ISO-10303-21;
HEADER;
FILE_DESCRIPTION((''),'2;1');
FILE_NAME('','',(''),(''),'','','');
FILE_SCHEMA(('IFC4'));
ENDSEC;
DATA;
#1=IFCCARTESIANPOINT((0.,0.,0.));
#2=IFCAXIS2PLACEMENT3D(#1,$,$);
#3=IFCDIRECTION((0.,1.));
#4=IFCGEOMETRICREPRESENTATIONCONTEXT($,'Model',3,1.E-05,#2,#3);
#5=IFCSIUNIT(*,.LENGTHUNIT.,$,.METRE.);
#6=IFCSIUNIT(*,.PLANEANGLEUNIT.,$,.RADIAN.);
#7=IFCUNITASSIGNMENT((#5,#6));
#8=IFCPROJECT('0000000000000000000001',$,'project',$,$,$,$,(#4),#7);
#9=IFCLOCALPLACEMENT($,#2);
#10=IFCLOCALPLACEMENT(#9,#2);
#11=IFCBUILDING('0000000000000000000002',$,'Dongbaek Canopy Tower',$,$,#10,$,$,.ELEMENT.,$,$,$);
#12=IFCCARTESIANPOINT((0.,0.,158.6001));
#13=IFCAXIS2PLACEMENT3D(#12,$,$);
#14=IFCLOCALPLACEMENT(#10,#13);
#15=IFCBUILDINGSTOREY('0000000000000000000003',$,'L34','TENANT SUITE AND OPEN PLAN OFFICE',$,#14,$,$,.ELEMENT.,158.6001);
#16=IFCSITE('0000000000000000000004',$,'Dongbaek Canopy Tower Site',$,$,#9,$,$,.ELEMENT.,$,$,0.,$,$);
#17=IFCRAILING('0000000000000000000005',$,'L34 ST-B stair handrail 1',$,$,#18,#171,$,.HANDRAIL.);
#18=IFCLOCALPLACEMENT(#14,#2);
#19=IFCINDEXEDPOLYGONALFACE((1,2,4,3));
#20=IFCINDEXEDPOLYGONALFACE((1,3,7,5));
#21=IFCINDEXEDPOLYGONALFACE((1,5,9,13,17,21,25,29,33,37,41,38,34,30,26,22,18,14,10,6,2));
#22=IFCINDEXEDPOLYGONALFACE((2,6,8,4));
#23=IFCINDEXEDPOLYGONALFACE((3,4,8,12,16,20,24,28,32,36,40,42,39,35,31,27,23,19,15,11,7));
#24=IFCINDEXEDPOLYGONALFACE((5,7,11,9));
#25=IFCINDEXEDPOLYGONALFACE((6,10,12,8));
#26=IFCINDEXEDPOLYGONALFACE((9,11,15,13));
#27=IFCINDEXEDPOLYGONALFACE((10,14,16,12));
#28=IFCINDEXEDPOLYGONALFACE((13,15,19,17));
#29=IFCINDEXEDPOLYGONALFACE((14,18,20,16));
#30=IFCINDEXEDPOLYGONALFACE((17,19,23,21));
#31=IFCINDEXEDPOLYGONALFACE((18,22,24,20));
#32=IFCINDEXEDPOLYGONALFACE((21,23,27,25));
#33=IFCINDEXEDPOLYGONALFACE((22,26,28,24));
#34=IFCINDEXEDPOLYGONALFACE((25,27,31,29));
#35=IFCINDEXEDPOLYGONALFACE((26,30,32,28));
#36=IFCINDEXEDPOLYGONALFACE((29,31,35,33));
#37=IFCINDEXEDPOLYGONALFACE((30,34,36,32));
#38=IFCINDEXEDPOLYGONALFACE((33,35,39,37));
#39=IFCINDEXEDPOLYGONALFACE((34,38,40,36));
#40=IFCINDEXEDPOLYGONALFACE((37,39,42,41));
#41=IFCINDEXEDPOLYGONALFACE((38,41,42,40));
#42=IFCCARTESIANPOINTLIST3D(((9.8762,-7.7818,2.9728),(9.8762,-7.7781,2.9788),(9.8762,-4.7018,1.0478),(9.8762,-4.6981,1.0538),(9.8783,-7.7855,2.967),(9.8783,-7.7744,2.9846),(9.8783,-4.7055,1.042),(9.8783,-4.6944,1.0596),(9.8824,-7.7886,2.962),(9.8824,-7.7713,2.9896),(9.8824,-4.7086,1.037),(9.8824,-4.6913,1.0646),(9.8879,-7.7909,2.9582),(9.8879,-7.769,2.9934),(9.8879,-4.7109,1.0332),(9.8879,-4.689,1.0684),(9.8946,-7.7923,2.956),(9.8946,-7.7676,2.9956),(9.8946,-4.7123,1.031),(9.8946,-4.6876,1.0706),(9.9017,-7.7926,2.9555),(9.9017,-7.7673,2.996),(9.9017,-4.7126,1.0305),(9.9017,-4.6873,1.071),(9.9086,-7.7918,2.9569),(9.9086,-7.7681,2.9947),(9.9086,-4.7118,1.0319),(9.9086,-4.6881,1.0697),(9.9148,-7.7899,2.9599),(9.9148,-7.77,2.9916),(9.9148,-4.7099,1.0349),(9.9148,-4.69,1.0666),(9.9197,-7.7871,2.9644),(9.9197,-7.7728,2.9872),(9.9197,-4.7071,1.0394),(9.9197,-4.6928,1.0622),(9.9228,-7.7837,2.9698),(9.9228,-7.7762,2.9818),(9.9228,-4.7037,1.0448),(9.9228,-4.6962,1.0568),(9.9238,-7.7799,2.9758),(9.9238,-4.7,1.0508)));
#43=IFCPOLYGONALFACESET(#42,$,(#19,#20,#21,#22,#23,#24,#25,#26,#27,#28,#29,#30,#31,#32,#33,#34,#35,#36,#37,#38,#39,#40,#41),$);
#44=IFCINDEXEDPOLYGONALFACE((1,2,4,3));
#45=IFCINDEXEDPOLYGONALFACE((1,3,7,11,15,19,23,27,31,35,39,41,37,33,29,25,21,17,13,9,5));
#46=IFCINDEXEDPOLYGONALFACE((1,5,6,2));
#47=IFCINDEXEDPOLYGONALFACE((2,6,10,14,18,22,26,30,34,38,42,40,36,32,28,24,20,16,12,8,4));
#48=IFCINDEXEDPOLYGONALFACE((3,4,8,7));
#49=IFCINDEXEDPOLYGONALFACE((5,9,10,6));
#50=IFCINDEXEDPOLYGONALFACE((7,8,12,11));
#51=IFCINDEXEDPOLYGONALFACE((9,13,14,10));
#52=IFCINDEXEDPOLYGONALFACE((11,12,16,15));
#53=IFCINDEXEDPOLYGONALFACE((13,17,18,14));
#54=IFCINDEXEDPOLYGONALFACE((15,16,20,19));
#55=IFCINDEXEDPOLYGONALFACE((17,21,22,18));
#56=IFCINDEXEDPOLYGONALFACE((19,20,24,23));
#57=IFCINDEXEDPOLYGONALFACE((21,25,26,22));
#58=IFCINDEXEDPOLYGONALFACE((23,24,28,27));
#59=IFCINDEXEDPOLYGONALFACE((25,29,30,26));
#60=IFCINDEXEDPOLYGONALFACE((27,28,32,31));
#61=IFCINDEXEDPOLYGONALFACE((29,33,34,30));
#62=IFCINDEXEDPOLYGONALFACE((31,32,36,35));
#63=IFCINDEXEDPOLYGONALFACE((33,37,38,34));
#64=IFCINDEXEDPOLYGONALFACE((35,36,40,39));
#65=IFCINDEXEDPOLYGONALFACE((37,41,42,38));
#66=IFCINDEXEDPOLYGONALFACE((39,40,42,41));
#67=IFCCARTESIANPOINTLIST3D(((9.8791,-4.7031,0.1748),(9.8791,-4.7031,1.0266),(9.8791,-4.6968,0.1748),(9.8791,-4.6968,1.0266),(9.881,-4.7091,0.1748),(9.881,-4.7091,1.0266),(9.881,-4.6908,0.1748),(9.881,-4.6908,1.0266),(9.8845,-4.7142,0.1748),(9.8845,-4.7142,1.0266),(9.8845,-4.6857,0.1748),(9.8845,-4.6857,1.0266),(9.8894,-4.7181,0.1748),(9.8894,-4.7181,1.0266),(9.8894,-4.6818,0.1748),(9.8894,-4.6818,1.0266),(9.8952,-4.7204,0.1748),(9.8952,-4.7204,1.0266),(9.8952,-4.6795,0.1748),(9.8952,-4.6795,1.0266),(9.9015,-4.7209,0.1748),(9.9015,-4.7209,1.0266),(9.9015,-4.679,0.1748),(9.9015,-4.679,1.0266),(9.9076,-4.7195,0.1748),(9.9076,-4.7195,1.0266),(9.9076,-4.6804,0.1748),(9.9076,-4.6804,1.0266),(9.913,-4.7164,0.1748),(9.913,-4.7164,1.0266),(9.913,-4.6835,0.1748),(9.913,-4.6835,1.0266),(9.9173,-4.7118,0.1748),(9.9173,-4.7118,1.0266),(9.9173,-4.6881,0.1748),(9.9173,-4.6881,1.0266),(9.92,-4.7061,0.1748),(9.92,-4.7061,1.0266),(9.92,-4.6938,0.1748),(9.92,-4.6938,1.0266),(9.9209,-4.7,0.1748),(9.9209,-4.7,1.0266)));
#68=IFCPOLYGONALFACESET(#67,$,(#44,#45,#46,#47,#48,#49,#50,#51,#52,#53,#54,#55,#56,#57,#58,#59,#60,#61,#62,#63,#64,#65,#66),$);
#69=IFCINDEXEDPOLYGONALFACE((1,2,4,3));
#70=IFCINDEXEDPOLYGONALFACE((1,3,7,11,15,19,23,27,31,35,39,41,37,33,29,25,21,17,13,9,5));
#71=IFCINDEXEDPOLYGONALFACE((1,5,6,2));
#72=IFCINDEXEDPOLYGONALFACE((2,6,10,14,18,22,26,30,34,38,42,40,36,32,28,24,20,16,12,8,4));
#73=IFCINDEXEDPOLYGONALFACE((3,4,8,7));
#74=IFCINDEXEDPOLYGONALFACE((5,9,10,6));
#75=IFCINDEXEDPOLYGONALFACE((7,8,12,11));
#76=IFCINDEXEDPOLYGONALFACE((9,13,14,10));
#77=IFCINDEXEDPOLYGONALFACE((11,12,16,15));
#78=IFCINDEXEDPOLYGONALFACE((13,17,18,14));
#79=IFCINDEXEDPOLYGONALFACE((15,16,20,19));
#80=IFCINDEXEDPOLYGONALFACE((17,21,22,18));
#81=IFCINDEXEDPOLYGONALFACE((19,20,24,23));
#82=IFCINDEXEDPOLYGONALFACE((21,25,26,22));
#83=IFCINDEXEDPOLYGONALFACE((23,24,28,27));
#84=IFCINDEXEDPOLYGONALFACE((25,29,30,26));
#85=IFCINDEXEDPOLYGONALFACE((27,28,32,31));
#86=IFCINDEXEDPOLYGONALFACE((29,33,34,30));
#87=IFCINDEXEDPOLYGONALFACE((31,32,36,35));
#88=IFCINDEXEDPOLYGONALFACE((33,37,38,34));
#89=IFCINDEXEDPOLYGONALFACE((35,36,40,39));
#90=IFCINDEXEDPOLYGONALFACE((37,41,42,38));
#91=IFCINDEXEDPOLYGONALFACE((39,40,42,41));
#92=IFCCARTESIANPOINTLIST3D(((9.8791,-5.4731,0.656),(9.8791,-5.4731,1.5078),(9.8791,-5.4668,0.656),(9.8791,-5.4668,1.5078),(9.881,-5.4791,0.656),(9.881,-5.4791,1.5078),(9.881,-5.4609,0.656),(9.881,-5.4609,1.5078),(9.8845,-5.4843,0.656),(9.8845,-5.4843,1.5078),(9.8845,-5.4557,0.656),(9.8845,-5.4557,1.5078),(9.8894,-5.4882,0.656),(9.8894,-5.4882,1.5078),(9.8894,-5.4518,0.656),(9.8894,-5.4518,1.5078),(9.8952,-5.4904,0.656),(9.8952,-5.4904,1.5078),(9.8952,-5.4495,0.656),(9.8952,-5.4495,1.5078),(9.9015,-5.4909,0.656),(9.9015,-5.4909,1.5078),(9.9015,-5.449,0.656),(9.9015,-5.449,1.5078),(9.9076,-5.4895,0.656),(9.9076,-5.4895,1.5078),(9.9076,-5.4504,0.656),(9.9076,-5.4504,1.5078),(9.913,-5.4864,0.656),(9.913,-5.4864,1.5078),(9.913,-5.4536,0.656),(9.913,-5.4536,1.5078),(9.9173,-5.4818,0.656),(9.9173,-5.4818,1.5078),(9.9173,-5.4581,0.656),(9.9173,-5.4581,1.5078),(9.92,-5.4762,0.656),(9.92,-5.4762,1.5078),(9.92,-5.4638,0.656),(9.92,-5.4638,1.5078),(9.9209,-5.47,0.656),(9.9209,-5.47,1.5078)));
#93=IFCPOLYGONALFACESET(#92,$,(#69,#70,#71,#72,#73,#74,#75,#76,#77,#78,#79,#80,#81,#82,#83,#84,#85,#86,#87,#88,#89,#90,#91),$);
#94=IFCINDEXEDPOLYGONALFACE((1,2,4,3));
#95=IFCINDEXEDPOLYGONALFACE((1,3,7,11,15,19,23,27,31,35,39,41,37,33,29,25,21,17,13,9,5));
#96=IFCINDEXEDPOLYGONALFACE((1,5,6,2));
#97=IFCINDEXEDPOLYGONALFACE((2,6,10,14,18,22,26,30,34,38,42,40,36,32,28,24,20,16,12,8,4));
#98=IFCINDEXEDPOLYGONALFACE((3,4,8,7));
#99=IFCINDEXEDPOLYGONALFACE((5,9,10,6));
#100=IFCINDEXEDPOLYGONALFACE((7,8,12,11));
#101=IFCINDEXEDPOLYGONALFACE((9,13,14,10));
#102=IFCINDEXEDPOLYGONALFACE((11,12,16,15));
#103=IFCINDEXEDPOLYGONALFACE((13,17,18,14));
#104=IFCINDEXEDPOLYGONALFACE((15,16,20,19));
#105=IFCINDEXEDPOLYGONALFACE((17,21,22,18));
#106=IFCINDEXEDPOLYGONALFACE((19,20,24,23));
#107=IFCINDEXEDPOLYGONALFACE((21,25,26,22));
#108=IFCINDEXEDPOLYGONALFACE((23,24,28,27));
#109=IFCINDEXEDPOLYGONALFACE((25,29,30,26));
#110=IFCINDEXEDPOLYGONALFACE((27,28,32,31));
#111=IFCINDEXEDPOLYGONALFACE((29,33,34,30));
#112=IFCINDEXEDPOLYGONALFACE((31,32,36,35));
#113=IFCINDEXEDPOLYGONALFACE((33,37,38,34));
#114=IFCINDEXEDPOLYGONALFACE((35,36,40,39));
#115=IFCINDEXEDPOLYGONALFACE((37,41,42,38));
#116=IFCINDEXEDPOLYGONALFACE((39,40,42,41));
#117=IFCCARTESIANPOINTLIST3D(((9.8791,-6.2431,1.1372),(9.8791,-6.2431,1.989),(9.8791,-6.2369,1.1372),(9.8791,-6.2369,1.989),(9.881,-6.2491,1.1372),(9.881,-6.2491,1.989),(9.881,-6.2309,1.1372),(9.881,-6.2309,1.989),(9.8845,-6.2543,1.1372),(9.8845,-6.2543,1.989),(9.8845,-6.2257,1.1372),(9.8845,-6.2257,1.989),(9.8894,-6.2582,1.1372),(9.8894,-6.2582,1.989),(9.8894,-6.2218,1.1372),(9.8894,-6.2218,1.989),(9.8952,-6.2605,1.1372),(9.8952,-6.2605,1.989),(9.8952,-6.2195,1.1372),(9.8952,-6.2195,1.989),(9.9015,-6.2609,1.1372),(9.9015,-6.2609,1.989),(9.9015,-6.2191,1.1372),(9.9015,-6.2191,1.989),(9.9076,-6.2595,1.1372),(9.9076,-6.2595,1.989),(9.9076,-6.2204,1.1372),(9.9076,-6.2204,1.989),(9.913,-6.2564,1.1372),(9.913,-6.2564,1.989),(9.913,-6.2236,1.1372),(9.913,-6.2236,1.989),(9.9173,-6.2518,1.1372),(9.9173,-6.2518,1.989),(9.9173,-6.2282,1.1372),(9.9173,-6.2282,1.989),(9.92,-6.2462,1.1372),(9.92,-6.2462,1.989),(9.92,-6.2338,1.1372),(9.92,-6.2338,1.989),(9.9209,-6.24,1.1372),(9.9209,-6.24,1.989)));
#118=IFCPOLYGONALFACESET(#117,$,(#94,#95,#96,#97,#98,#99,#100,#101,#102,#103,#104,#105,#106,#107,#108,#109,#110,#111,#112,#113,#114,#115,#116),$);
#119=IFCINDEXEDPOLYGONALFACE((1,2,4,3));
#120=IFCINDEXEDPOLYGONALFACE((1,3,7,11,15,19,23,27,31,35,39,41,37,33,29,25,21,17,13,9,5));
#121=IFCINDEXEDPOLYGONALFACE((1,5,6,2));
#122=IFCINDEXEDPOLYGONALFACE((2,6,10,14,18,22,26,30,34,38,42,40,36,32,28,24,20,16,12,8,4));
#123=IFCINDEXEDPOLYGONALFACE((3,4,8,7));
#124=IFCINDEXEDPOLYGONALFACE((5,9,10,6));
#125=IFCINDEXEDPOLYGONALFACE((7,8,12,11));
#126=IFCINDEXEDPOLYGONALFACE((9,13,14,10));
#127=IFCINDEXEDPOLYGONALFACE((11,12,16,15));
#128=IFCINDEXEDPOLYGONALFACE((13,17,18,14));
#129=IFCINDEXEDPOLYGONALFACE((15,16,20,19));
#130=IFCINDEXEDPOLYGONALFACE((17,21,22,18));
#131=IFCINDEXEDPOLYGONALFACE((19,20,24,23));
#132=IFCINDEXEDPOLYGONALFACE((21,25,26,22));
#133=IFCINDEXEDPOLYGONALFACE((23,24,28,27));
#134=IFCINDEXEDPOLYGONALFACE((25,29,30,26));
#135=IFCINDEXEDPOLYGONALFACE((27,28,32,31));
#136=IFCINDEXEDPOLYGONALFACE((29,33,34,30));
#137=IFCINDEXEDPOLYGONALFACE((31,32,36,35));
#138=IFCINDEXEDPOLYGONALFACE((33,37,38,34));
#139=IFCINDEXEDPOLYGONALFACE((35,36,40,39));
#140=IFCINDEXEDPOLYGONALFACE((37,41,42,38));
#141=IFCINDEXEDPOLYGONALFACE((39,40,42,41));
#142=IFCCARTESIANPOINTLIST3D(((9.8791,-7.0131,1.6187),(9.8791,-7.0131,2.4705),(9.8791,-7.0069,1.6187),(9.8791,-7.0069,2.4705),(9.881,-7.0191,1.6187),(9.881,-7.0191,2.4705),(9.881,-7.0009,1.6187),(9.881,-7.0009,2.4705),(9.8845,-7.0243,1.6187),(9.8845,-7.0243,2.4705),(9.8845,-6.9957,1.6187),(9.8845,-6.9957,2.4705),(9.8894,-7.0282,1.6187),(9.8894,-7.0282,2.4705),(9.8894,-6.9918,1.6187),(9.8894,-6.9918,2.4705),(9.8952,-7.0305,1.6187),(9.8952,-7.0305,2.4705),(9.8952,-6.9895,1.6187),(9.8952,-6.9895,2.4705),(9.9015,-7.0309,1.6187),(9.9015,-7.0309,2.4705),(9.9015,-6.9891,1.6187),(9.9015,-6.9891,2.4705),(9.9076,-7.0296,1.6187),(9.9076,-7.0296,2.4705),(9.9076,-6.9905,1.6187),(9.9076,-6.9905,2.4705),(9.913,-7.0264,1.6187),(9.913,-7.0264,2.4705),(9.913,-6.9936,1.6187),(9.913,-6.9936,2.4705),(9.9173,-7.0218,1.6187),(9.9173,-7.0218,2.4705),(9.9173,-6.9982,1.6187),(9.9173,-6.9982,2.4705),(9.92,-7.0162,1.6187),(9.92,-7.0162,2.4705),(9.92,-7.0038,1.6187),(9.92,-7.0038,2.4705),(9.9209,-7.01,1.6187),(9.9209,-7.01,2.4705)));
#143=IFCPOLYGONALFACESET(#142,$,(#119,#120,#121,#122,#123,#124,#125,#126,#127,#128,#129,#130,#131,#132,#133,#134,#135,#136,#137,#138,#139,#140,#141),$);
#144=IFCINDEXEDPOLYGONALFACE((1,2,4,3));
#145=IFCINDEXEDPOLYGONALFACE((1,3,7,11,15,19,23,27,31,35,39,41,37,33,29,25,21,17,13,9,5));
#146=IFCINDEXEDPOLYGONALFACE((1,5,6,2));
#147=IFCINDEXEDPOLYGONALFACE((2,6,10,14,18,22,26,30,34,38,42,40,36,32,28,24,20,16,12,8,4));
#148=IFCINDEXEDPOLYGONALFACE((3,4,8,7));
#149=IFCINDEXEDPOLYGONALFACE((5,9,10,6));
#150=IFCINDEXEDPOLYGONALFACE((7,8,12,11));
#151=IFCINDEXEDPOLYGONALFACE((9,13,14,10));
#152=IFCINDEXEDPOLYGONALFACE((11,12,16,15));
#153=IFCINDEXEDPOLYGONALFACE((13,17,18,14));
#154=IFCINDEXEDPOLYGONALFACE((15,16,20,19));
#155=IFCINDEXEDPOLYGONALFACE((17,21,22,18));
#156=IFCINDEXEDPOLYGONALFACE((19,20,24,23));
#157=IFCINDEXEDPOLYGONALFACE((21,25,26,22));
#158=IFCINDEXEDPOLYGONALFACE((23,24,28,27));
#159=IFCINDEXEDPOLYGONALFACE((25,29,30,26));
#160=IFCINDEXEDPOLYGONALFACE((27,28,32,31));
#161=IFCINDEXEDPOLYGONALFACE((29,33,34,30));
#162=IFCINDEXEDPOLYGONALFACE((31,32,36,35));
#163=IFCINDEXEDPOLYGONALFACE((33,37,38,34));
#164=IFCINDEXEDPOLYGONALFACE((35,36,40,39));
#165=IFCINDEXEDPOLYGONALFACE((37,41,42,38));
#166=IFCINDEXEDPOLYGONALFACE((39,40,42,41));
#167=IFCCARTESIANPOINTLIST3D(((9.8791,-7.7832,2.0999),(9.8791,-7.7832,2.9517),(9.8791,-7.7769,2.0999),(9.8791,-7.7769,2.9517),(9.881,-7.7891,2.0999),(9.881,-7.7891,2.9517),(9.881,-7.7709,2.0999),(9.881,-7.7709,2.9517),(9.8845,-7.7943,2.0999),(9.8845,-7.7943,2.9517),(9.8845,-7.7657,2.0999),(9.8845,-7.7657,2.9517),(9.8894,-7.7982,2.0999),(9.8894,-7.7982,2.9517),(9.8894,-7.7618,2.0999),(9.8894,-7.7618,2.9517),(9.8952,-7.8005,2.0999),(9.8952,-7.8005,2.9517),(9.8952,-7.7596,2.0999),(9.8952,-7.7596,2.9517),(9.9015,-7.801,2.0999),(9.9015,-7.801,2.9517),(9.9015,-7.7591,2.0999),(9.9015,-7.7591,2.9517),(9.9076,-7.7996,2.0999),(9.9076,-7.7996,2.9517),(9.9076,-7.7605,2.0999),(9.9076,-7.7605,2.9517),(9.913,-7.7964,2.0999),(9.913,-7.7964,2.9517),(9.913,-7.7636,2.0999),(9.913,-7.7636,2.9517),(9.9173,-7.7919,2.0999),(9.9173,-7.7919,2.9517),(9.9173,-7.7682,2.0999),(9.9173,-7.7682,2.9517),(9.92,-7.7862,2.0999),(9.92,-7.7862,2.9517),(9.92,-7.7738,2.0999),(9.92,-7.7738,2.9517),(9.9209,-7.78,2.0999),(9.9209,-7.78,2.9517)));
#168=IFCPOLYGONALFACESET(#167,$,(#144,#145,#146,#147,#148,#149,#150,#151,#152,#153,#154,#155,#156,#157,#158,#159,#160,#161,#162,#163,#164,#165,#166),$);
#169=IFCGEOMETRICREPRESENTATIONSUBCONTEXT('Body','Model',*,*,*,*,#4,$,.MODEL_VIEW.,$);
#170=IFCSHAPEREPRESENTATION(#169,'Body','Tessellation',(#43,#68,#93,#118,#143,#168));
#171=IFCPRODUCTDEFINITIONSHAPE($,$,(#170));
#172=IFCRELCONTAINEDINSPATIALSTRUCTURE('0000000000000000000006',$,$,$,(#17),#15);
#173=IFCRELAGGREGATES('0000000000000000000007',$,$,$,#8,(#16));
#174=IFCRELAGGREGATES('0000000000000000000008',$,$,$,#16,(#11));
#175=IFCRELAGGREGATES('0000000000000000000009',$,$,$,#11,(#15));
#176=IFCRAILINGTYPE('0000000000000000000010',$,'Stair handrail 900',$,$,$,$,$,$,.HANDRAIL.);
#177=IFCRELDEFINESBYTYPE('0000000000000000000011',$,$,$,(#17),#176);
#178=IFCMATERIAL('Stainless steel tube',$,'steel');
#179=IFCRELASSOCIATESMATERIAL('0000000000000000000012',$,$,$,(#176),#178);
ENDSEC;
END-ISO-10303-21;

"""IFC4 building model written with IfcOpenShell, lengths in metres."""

from ifc_helpers import new_model, si_unit, direction, frame, origin, origin_2d, place, context, subcontext, project, spatial, circle, extrude, material, type_object, element, save


model = new_model("IFC4")

# Units and contexts
model_context = context("Model", 3, precision=1e-05, world=origin(), true_north=direction((0.0, 1.0)))
body_context = subcontext(model_context, "Body", "Model", "MODEL_VIEW")
ifc_project = project(units=[si_unit("LENGTHUNIT", "METRE"), si_unit("PLANEANGLEUNIT", "RADIAN")], contexts=[model_context])

# Site, building, storey
site_placement = place(None, origin())
site = spatial("IfcSite", under=ifc_project, at=site_placement, Name="Dongbaek Canopy Tower Site", CompositionType="ELEMENT", RefElevation=0.0)
building_placement = place(site_placement, origin())
building = spatial("IfcBuilding", under=site, at=building_placement, Name="Dongbaek Canopy Tower", CompositionType="ELEMENT")
storey_placement = place(building_placement, frame((0.0, 0.0, 158.6001)))
storey = spatial("IfcBuildingStorey", under=building, at=storey_placement, Name="L34", Description="TENANT SUITE AND OPEN PLAN OFFICE", CompositionType="ELEMENT", Elevation=158.6001)

# Railing
ifc_material_1 = material(Name="Stainless steel tube", Category="steel")
railing_type_1 = type_object("IfcRailingType", Name="Stair handrail 900", PredefinedType="HANDRAIL", material=ifc_material_1)
railing_1_placement = place(storey_placement, frame((9.8999, -4.7, 0.1748)))
element("IfcRailing", 1, at=railing_1_placement, inside=storey, type_object=railing_type_1, Name="L34 ST-B stair handrail 1", PredefinedType="HANDRAIL", context=body_context, shape_type="SweptSolid", body=[
    extrude(circle(Radius=0.0239, at=origin_2d()), frame((0.0, 0.0, 0.876), z_axis=(0.0, -0.847998, 0.529999), x_axis=(1.0, 0.0, 0.0)), (0.0, 0.0, 1.0), 3.6321),
    extrude(circle(Radius=0.021, at=origin_2d()), origin(), (0.0, 0.0, 1.0), 0.8518),
    extrude(circle(Radius=0.021, at=origin_2d()), frame((0.0, -0.77, 0.4812)), (0.0, 0.0, 1.0), 0.8518),
    extrude(circle(Radius=0.021, at=origin_2d()), frame((0.0, -1.54, 0.9624)), (0.0, 0.0, 1.0), 0.8518),
    extrude(circle(Radius=0.021, at=origin_2d()), frame((0.0, -2.3101, 1.4438)), (0.0, 0.0, 1.0), 0.8518),
    extrude(circle(Radius=0.021, at=origin_2d()), frame((0.0, -3.0801, 1.925)), (0.0, 0.0, 1.0), 0.8518),
])

save(model, "model.ifc")
